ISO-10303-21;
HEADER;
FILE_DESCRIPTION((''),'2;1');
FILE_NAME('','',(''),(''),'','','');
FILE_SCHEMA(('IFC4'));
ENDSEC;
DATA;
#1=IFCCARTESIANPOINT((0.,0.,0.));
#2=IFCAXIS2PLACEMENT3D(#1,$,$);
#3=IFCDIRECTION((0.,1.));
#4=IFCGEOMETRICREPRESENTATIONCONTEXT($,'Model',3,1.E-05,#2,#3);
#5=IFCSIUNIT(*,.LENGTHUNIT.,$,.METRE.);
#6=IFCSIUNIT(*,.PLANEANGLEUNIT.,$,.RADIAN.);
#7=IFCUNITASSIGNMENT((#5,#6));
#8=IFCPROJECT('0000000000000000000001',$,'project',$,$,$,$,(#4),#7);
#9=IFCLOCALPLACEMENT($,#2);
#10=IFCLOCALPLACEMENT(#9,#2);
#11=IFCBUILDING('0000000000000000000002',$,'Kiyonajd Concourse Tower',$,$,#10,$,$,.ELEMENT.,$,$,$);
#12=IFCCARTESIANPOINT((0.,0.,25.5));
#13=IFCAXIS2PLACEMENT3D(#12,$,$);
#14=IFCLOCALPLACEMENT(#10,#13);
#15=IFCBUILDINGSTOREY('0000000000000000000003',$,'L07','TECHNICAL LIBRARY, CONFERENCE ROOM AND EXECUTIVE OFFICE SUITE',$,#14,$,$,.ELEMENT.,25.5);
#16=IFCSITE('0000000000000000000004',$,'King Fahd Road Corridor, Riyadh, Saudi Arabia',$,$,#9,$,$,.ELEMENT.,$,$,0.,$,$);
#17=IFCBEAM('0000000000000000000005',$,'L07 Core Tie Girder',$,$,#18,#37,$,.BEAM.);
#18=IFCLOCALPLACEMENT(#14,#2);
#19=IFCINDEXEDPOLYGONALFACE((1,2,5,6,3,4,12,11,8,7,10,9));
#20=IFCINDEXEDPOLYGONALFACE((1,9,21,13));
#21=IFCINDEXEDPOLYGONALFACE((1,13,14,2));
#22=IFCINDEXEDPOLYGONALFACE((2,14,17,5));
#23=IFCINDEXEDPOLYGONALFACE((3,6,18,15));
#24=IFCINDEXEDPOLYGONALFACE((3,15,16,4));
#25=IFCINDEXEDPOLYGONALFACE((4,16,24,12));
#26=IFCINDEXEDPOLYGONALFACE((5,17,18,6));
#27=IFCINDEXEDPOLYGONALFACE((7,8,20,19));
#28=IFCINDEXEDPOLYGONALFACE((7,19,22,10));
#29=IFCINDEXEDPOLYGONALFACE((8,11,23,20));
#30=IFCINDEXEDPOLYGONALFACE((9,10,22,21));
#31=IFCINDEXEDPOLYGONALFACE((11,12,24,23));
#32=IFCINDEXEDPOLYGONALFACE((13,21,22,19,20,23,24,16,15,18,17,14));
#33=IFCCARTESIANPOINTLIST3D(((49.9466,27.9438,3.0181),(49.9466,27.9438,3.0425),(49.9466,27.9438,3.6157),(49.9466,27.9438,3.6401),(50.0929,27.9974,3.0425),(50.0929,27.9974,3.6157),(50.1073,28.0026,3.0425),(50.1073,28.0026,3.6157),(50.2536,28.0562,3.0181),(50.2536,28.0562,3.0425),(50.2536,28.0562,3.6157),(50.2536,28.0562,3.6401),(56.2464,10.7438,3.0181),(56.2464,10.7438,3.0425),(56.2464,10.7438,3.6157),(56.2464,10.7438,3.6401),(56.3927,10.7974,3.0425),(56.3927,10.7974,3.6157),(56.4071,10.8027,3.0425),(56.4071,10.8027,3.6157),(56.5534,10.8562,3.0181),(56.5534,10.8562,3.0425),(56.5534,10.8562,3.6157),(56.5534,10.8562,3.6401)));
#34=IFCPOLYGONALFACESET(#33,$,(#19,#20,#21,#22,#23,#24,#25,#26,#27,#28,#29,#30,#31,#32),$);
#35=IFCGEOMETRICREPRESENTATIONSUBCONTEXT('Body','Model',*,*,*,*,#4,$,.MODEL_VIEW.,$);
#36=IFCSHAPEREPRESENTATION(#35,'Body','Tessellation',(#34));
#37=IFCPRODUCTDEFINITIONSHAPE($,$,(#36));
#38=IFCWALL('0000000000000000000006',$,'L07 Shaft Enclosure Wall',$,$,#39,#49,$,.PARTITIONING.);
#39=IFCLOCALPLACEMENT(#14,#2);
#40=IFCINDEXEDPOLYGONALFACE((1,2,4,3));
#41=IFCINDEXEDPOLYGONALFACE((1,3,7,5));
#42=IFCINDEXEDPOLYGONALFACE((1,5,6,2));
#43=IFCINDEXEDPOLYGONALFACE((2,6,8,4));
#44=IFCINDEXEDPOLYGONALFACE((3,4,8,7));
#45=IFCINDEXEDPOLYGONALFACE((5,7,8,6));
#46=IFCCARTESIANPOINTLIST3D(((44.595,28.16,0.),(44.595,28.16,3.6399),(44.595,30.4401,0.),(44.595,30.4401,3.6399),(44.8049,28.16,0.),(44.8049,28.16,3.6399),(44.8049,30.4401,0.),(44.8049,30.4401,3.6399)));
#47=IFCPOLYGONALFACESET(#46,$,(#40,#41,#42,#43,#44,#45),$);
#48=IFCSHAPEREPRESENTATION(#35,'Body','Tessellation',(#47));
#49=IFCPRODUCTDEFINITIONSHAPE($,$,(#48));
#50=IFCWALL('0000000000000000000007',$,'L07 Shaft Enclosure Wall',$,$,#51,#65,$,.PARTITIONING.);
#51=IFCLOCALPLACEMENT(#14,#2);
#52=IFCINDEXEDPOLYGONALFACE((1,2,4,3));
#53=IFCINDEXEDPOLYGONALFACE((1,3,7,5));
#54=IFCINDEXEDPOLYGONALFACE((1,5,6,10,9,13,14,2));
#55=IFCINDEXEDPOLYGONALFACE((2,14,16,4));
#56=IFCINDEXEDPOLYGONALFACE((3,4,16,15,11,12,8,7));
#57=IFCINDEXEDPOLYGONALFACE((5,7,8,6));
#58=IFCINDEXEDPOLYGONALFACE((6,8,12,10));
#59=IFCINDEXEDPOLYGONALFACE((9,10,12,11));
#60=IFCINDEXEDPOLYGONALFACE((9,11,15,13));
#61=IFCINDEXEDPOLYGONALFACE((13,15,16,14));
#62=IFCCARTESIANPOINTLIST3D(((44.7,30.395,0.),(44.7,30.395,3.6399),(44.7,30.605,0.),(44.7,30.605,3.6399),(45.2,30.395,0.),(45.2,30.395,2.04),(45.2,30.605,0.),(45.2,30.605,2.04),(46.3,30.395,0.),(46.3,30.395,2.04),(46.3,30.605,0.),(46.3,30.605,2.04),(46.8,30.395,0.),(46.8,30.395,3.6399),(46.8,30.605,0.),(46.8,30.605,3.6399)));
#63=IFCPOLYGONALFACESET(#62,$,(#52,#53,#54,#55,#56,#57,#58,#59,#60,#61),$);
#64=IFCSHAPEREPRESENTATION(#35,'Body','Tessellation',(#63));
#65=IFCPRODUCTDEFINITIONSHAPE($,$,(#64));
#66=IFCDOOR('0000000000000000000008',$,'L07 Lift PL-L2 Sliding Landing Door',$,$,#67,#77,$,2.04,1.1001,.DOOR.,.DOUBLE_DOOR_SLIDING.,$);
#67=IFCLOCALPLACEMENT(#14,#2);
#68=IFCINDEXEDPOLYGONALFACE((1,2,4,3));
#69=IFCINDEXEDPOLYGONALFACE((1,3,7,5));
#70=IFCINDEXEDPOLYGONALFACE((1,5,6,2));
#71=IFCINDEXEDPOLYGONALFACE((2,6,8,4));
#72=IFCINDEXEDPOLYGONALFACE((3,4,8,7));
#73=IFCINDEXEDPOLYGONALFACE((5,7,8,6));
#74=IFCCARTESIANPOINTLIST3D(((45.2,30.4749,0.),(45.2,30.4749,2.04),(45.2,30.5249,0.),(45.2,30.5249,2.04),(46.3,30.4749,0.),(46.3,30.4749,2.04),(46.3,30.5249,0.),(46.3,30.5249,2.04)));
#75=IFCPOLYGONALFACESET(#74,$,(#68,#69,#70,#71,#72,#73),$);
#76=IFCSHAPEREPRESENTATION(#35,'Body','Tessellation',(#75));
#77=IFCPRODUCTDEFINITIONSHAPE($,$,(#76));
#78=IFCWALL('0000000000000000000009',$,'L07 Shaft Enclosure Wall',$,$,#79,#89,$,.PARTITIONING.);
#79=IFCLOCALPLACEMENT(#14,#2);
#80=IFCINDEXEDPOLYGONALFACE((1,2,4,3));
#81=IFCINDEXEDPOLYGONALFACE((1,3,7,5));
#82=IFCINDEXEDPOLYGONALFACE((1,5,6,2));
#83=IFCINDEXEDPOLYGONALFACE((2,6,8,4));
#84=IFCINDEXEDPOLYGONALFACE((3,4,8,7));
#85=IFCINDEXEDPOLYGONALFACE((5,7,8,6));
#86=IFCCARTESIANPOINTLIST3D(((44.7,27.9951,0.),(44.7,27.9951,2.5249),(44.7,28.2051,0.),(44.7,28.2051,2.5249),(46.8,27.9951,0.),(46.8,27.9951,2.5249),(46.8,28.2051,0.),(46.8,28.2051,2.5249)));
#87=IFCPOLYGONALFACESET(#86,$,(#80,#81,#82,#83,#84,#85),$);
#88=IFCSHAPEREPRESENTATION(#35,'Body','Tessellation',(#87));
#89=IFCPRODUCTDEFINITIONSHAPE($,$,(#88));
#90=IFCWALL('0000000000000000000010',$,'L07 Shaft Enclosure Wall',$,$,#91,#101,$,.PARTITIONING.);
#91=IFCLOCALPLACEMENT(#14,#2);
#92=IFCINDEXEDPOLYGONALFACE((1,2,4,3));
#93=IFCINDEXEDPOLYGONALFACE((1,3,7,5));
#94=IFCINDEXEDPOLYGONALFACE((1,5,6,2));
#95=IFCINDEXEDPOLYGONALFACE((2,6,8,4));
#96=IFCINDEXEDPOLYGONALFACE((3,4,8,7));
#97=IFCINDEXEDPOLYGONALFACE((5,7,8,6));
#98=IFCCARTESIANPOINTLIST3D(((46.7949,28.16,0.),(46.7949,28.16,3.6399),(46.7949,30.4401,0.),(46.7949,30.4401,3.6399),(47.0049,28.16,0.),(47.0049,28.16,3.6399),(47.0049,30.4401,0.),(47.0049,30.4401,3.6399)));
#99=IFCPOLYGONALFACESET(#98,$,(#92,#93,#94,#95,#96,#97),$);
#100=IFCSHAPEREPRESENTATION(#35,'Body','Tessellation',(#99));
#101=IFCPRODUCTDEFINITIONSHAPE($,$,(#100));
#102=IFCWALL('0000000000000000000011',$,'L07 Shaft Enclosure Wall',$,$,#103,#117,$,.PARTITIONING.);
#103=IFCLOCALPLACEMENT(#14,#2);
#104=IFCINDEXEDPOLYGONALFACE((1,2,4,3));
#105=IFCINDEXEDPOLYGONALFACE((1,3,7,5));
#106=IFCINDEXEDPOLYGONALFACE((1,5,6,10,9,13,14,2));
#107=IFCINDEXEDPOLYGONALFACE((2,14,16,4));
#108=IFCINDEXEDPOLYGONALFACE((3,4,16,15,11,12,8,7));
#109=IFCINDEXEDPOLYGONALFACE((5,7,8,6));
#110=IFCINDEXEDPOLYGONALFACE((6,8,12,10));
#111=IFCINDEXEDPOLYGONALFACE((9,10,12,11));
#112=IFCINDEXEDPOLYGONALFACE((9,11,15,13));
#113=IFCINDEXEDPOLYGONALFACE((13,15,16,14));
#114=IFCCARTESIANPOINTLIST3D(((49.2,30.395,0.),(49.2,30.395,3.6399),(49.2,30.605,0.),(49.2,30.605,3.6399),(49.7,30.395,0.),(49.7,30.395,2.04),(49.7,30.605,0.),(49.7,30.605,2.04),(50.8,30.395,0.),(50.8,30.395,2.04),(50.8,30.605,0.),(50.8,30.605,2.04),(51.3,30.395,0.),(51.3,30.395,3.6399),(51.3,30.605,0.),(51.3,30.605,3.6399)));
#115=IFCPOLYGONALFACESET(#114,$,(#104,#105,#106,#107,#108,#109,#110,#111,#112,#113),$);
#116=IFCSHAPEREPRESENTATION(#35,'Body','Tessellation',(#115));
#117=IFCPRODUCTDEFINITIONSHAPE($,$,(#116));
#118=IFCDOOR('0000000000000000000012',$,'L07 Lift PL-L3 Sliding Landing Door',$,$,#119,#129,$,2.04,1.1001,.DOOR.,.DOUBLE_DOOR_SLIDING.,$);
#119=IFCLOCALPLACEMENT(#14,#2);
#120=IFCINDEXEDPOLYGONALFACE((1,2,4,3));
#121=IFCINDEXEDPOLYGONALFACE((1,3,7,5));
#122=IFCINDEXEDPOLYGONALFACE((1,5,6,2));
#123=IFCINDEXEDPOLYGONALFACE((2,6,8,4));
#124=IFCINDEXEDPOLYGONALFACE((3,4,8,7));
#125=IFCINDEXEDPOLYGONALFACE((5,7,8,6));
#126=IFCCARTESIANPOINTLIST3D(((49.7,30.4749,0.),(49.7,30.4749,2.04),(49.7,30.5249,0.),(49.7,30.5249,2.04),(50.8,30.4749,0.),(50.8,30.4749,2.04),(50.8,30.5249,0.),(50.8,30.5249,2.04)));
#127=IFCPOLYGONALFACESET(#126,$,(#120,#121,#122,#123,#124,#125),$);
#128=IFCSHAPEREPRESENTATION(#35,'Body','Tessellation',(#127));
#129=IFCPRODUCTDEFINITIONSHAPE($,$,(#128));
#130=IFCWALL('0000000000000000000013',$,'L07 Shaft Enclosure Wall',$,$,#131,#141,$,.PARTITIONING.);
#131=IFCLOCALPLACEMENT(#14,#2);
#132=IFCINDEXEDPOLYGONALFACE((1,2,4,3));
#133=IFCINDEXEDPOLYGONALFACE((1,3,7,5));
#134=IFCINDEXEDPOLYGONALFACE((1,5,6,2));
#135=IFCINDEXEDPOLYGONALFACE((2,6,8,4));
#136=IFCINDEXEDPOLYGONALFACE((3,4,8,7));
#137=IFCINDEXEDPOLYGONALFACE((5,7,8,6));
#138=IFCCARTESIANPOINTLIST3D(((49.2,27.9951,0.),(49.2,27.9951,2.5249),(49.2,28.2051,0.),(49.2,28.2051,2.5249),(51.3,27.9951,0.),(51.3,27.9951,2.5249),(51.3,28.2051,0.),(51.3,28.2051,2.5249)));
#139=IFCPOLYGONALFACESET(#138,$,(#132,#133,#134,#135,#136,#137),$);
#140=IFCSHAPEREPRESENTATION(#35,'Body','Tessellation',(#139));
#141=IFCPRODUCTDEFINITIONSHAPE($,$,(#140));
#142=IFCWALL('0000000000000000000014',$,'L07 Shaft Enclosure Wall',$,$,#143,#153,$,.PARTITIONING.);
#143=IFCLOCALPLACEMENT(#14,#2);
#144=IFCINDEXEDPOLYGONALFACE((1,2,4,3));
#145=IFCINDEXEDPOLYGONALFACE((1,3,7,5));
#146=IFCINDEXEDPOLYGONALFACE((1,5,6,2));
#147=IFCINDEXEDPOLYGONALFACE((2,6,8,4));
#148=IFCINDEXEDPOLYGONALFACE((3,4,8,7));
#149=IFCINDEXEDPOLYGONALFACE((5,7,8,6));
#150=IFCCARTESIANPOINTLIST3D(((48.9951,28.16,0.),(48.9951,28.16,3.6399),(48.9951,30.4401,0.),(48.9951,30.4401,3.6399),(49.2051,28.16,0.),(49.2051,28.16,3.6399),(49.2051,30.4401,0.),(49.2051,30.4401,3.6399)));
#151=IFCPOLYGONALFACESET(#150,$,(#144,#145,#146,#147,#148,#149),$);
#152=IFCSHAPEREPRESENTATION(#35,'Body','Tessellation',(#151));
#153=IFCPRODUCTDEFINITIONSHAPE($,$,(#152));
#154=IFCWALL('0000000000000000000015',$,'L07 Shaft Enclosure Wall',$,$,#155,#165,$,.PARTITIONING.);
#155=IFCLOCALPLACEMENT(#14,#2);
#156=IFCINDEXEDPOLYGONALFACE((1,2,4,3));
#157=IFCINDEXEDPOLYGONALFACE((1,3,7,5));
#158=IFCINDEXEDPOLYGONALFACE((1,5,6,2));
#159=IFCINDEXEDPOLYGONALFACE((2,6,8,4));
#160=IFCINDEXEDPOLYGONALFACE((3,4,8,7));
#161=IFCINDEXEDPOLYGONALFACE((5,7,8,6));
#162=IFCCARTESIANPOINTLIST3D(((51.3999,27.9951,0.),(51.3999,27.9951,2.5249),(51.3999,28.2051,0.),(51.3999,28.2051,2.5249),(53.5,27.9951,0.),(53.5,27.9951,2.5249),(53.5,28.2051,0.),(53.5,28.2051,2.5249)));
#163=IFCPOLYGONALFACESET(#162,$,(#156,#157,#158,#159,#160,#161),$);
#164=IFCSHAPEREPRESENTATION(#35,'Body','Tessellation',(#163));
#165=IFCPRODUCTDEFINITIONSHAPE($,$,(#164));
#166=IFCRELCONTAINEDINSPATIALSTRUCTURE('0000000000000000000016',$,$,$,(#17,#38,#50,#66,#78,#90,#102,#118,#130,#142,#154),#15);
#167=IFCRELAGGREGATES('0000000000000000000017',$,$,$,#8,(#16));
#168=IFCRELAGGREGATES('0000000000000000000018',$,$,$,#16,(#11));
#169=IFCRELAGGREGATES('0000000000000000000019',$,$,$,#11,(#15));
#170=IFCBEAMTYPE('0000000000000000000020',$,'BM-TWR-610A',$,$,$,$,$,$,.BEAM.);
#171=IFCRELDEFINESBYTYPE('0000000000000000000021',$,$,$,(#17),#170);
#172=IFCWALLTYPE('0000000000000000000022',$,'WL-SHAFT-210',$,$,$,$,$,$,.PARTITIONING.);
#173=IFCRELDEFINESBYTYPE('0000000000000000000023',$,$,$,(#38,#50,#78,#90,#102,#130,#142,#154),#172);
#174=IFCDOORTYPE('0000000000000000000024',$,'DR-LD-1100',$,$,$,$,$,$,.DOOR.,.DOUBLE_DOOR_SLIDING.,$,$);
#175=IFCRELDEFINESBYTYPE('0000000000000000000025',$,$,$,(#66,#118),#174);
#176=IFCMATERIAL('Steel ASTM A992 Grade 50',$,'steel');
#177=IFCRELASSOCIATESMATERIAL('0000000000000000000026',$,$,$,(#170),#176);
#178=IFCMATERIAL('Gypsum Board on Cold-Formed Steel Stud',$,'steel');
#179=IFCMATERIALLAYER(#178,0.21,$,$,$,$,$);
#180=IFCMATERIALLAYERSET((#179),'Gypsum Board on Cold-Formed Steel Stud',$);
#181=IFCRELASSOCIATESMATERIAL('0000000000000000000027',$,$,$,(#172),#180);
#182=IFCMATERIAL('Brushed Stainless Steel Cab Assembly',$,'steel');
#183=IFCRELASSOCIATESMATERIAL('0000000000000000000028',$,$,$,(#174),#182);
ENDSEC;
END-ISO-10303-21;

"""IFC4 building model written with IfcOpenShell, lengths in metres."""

from ifc_helpers import new_model, si_unit, direction, frame, frame_2d, origin, origin_2d, place, context, subcontext, project, spatial, rectangle, i_section, extrude, material, layer, layer_set, material_profile, profile_set, type_object, element, fill, save


model = new_model("IFC4")

# Units and contexts
model_context = context("Model", 3, precision=1e-05, world=origin(), true_north=direction((0.0, 1.0)))
body_context = subcontext(model_context, "Body", "Model", "MODEL_VIEW")
ifc_project = project(units=[si_unit("LENGTHUNIT", "METRE"), si_unit("PLANEANGLEUNIT", "RADIAN")], contexts=[model_context])

# Site, building, storey
site_placement = place(None, origin())
site = spatial("IfcSite", under=ifc_project, at=site_placement, Name="King Fahd Road Corridor, Riyadh, Saudi Arabia", CompositionType="ELEMENT", RefElevation=0.0)
building_placement = place(site_placement, origin())
building = spatial("IfcBuilding", under=site, at=building_placement, Name="Kiyonajd Concourse Tower", CompositionType="ELEMENT")
storey_placement = place(building_placement, frame((0.0, 0.0, 25.5)))
storey = spatial("IfcBuildingStorey", under=building, at=storey_placement, Name="L07", Description="TECHNICAL LIBRARY, CONFERENCE ROOM AND EXECUTIVE OFFICE SUITE", CompositionType="ELEMENT", Elevation=25.5)

# Beam
ifc_material_1 = material(Name="Steel ASTM A992 Grade 50", Category="steel")
ifc_material_profile = material_profile(ifc_material_1, i_section(OverallWidth=0.3269, OverallDepth=0.6221, WebThickness=0.0154, FlangeThickness=0.0244, at=origin_2d()), Name="W610X195")
ifc_profile_set = profile_set([ifc_material_profile], Name="Steel ASTM A992 Grade 50")
beam_type = type_object("IfcBeamType", Name="BM-TWR-610A", PredefinedType="BEAM", material=ifc_profile_set)
beam_placement = place(storey_placement, frame((50.1001, 28.0, 3.3291), z_axis=(0.343925, -0.938997, 0.0), x_axis=(0.938997, 0.343925, 0.0)))
element("IfcBeam", 1, at=beam_placement, inside=storey, type_object=beam_type, Name="L07 Core Tie Girder", PredefinedType="BEAM", context=body_context, shape_type="SweptSolid", body=[
    extrude(i_section(OverallWidth=0.3269, OverallDepth=0.6221, WebThickness=0.0154, FlangeThickness=0.0244, at=origin_2d()), origin(), (0.0, 0.0, 1.0), 18.3174),
])

# Wall
ifc_material_2 = material(Name="Gypsum Board on Cold-Formed Steel Stud", Category="steel")
ifc_layer_1 = layer(ifc_material_2, 0.21)
ifc_layer_set_1 = layer_set([ifc_layer_1], Name="Gypsum Board on Cold-Formed Steel Stud")
wall_type_1 = type_object("IfcWallType", Name="WL-SHAFT-210", PredefinedType="PARTITIONING", material=ifc_layer_set_1)
wall_1_placement = place(storey_placement, frame((44.7, 28.1599, 0.0), z_axis=(0.0, 0.0, 1.0), x_axis=(0.0, 1.0, 0.0)))
element("IfcWall", 2, at=wall_1_placement, inside=storey, type_object=wall_type_1, Name="L07 Shaft Enclosure Wall", PredefinedType="PARTITIONING", context=body_context, shape_type="SweptSolid", body=[
    extrude(rectangle(XDim=2.28, YDim=0.21, at=frame_2d((1.1401, 0.0))), origin(), (0.0, 0.0, 1.0), 3.6399),
])

# Wall, opening, door
wall_2_placement = place(storey_placement, frame((44.7, 30.5, 0.0), z_axis=(0.0, 0.0, 1.0), x_axis=(1.0, 0.0, 0.0)))
wall_2 = element("IfcWall", 3, at=wall_2_placement, inside=storey, type_object=wall_type_1, Name="L07 Shaft Enclosure Wall", PredefinedType="PARTITIONING", context=body_context, shape_type="SweptSolid", body=[
    extrude(rectangle(XDim=2.1001, YDim=0.21, at=frame_2d((1.05, 0.0))), origin(), (0.0, 0.0, 1.0), 3.6399),
])
opening_1_placement = place(wall_2_placement, frame((0.5, 0.0, 0.0)))
opening_1 = element("IfcOpeningElement", 4, at=opening_1_placement, cuts=wall_2, PredefinedType="OPENING", context=body_context, shape_type="SweptSolid", body=[
    extrude(rectangle(XDim=1.1001, YDim=2.04, at=frame_2d((0.55, 1.02))), frame((0.0, 0.115, 0.0), z_axis=(0.0, -1.0, 0.0), x_axis=(1.0, 0.0, 0.0)), (0.0, 0.0, 1.0), 0.23),
])
ifc_material_3 = material(Name="Brushed Stainless Steel Cab Assembly", Category="steel")
door_type_1 = type_object("IfcDoorType", Name="DR-LD-1100", OperationType="DOUBLE_DOOR_SLIDING", PredefinedType="DOOR", material=ifc_material_3)
door_1_placement = place(opening_1_placement, origin())
door_1 = element("IfcDoor", 5, at=door_1_placement, inside=storey, type_object=door_type_1, Name="L07 Lift PL-L2 Sliding Landing Door", OperationType="DOUBLE_DOOR_SLIDING", OverallHeight=2.04, OverallWidth=1.1001, PredefinedType="DOOR", context=body_context, shape_type="SweptSolid", body=[
    extrude(rectangle(XDim=1.1001, YDim=2.04, at=frame_2d((0.55, 1.02))), frame((0.0, 0.0249, 0.0), z_axis=(0.0, -1.0, 0.0), x_axis=(1.0, 0.0, 0.0)), (0.0, 0.0, 1.0), 0.05),
])
fill(opening_1, door_1)

# Walls
wall_3_placement = place(storey_placement, frame((44.7, 28.1001, 0.0), z_axis=(0.0, 0.0, 1.0), x_axis=(1.0, 0.0, 0.0)))
element("IfcWall", 6, at=wall_3_placement, inside=storey, type_object=wall_type_1, Name="L07 Shaft Enclosure Wall", PredefinedType="PARTITIONING", context=body_context, shape_type="SweptSolid", body=[
    extrude(rectangle(XDim=2.1001, YDim=0.21, at=frame_2d((1.05, 0.0))), origin(), (0.0, 0.0, 1.0), 2.5249),
])
wall_4_placement = place(storey_placement, frame((46.8999, 28.1599, 0.0), z_axis=(0.0, 0.0, 1.0), x_axis=(0.0, 1.0, 0.0)))
element("IfcWall", 7, at=wall_4_placement, inside=storey, type_object=wall_type_1, Name="L07 Shaft Enclosure Wall", PredefinedType="PARTITIONING", context=body_context, shape_type="SweptSolid", body=[
    extrude(rectangle(XDim=2.28, YDim=0.21, at=frame_2d((1.1401, 0.0))), origin(), (0.0, 0.0, 1.0), 3.6399),
])

# Wall, opening, door
wall_5_placement = place(storey_placement, frame((49.2, 30.5, 0.0), z_axis=(0.0, 0.0, 1.0), x_axis=(1.0, 0.0, 0.0)))
wall_5 = element("IfcWall", 8, at=wall_5_placement, inside=storey, type_object=wall_type_1, Name="L07 Shaft Enclosure Wall", PredefinedType="PARTITIONING", context=body_context, shape_type="SweptSolid", body=[
    extrude(rectangle(XDim=2.1001, YDim=0.21, at=frame_2d((1.05, 0.0))), origin(), (0.0, 0.0, 1.0), 3.6399),
])
opening_2_placement = place(wall_5_placement, frame((0.5, 0.0, 0.0)))
opening_2 = element("IfcOpeningElement", 9, at=opening_2_placement, cuts=wall_5, PredefinedType="OPENING", context=body_context, shape_type="SweptSolid", body=[
    extrude(rectangle(XDim=1.1001, YDim=2.04, at=frame_2d((0.55, 1.02))), frame((0.0, 0.115, 0.0), z_axis=(0.0, -1.0, 0.0), x_axis=(1.0, 0.0, 0.0)), (0.0, 0.0, 1.0), 0.23),
])
door_2_placement = place(opening_2_placement, origin())
door_2 = element("IfcDoor", 10, at=door_2_placement, inside=storey, type_object=door_type_1, Name="L07 Lift PL-L3 Sliding Landing Door", OperationType="DOUBLE_DOOR_SLIDING", OverallHeight=2.04, OverallWidth=1.1001, PredefinedType="DOOR", context=body_context, shape_type="SweptSolid", body=[
    extrude(rectangle(XDim=1.1001, YDim=2.04, at=frame_2d((0.55, 1.02))), frame((0.0, 0.0249, 0.0), z_axis=(0.0, -1.0, 0.0), x_axis=(1.0, 0.0, 0.0)), (0.0, 0.0, 1.0), 0.05),
])
fill(opening_2, door_2)

# Walls
wall_6_placement = place(storey_placement, frame((49.2, 28.1001, 0.0), z_axis=(0.0, 0.0, 1.0), x_axis=(1.0, 0.0, 0.0)))
element("IfcWall", 11, at=wall_6_placement, inside=storey, type_object=wall_type_1, Name="L07 Shaft Enclosure Wall", PredefinedType="PARTITIONING", context=body_context, shape_type="SweptSolid", body=[
    extrude(rectangle(XDim=2.1001, YDim=0.21, at=frame_2d((1.05, 0.0))), origin(), (0.0, 0.0, 1.0), 2.5249),
])
wall_7_placement = place(storey_placement, frame((49.1001, 28.1599, 0.0), z_axis=(0.0, 0.0, 1.0), x_axis=(0.0, 1.0, 0.0)))
element("IfcWall", 12, at=wall_7_placement, inside=storey, type_object=wall_type_1, Name="L07 Shaft Enclosure Wall", PredefinedType="PARTITIONING", context=body_context, shape_type="SweptSolid", body=[
    extrude(rectangle(XDim=2.28, YDim=0.21, at=frame_2d((1.1401, 0.0))), origin(), (0.0, 0.0, 1.0), 3.6399),
])
wall_8_placement = place(storey_placement, frame((51.3999, 28.1001, 0.0), z_axis=(0.0, 0.0, 1.0), x_axis=(1.0, 0.0, 0.0)))
element("IfcWall", 13, at=wall_8_placement, inside=storey, type_object=wall_type_1, Name="L07 Shaft Enclosure Wall", PredefinedType="PARTITIONING", context=body_context, shape_type="SweptSolid", body=[
    extrude(rectangle(XDim=2.1001, YDim=0.21, at=frame_2d((1.05, 0.0))), origin(), (0.0, 0.0, 1.0), 2.5249),
])

save(model, "model.ifc")
